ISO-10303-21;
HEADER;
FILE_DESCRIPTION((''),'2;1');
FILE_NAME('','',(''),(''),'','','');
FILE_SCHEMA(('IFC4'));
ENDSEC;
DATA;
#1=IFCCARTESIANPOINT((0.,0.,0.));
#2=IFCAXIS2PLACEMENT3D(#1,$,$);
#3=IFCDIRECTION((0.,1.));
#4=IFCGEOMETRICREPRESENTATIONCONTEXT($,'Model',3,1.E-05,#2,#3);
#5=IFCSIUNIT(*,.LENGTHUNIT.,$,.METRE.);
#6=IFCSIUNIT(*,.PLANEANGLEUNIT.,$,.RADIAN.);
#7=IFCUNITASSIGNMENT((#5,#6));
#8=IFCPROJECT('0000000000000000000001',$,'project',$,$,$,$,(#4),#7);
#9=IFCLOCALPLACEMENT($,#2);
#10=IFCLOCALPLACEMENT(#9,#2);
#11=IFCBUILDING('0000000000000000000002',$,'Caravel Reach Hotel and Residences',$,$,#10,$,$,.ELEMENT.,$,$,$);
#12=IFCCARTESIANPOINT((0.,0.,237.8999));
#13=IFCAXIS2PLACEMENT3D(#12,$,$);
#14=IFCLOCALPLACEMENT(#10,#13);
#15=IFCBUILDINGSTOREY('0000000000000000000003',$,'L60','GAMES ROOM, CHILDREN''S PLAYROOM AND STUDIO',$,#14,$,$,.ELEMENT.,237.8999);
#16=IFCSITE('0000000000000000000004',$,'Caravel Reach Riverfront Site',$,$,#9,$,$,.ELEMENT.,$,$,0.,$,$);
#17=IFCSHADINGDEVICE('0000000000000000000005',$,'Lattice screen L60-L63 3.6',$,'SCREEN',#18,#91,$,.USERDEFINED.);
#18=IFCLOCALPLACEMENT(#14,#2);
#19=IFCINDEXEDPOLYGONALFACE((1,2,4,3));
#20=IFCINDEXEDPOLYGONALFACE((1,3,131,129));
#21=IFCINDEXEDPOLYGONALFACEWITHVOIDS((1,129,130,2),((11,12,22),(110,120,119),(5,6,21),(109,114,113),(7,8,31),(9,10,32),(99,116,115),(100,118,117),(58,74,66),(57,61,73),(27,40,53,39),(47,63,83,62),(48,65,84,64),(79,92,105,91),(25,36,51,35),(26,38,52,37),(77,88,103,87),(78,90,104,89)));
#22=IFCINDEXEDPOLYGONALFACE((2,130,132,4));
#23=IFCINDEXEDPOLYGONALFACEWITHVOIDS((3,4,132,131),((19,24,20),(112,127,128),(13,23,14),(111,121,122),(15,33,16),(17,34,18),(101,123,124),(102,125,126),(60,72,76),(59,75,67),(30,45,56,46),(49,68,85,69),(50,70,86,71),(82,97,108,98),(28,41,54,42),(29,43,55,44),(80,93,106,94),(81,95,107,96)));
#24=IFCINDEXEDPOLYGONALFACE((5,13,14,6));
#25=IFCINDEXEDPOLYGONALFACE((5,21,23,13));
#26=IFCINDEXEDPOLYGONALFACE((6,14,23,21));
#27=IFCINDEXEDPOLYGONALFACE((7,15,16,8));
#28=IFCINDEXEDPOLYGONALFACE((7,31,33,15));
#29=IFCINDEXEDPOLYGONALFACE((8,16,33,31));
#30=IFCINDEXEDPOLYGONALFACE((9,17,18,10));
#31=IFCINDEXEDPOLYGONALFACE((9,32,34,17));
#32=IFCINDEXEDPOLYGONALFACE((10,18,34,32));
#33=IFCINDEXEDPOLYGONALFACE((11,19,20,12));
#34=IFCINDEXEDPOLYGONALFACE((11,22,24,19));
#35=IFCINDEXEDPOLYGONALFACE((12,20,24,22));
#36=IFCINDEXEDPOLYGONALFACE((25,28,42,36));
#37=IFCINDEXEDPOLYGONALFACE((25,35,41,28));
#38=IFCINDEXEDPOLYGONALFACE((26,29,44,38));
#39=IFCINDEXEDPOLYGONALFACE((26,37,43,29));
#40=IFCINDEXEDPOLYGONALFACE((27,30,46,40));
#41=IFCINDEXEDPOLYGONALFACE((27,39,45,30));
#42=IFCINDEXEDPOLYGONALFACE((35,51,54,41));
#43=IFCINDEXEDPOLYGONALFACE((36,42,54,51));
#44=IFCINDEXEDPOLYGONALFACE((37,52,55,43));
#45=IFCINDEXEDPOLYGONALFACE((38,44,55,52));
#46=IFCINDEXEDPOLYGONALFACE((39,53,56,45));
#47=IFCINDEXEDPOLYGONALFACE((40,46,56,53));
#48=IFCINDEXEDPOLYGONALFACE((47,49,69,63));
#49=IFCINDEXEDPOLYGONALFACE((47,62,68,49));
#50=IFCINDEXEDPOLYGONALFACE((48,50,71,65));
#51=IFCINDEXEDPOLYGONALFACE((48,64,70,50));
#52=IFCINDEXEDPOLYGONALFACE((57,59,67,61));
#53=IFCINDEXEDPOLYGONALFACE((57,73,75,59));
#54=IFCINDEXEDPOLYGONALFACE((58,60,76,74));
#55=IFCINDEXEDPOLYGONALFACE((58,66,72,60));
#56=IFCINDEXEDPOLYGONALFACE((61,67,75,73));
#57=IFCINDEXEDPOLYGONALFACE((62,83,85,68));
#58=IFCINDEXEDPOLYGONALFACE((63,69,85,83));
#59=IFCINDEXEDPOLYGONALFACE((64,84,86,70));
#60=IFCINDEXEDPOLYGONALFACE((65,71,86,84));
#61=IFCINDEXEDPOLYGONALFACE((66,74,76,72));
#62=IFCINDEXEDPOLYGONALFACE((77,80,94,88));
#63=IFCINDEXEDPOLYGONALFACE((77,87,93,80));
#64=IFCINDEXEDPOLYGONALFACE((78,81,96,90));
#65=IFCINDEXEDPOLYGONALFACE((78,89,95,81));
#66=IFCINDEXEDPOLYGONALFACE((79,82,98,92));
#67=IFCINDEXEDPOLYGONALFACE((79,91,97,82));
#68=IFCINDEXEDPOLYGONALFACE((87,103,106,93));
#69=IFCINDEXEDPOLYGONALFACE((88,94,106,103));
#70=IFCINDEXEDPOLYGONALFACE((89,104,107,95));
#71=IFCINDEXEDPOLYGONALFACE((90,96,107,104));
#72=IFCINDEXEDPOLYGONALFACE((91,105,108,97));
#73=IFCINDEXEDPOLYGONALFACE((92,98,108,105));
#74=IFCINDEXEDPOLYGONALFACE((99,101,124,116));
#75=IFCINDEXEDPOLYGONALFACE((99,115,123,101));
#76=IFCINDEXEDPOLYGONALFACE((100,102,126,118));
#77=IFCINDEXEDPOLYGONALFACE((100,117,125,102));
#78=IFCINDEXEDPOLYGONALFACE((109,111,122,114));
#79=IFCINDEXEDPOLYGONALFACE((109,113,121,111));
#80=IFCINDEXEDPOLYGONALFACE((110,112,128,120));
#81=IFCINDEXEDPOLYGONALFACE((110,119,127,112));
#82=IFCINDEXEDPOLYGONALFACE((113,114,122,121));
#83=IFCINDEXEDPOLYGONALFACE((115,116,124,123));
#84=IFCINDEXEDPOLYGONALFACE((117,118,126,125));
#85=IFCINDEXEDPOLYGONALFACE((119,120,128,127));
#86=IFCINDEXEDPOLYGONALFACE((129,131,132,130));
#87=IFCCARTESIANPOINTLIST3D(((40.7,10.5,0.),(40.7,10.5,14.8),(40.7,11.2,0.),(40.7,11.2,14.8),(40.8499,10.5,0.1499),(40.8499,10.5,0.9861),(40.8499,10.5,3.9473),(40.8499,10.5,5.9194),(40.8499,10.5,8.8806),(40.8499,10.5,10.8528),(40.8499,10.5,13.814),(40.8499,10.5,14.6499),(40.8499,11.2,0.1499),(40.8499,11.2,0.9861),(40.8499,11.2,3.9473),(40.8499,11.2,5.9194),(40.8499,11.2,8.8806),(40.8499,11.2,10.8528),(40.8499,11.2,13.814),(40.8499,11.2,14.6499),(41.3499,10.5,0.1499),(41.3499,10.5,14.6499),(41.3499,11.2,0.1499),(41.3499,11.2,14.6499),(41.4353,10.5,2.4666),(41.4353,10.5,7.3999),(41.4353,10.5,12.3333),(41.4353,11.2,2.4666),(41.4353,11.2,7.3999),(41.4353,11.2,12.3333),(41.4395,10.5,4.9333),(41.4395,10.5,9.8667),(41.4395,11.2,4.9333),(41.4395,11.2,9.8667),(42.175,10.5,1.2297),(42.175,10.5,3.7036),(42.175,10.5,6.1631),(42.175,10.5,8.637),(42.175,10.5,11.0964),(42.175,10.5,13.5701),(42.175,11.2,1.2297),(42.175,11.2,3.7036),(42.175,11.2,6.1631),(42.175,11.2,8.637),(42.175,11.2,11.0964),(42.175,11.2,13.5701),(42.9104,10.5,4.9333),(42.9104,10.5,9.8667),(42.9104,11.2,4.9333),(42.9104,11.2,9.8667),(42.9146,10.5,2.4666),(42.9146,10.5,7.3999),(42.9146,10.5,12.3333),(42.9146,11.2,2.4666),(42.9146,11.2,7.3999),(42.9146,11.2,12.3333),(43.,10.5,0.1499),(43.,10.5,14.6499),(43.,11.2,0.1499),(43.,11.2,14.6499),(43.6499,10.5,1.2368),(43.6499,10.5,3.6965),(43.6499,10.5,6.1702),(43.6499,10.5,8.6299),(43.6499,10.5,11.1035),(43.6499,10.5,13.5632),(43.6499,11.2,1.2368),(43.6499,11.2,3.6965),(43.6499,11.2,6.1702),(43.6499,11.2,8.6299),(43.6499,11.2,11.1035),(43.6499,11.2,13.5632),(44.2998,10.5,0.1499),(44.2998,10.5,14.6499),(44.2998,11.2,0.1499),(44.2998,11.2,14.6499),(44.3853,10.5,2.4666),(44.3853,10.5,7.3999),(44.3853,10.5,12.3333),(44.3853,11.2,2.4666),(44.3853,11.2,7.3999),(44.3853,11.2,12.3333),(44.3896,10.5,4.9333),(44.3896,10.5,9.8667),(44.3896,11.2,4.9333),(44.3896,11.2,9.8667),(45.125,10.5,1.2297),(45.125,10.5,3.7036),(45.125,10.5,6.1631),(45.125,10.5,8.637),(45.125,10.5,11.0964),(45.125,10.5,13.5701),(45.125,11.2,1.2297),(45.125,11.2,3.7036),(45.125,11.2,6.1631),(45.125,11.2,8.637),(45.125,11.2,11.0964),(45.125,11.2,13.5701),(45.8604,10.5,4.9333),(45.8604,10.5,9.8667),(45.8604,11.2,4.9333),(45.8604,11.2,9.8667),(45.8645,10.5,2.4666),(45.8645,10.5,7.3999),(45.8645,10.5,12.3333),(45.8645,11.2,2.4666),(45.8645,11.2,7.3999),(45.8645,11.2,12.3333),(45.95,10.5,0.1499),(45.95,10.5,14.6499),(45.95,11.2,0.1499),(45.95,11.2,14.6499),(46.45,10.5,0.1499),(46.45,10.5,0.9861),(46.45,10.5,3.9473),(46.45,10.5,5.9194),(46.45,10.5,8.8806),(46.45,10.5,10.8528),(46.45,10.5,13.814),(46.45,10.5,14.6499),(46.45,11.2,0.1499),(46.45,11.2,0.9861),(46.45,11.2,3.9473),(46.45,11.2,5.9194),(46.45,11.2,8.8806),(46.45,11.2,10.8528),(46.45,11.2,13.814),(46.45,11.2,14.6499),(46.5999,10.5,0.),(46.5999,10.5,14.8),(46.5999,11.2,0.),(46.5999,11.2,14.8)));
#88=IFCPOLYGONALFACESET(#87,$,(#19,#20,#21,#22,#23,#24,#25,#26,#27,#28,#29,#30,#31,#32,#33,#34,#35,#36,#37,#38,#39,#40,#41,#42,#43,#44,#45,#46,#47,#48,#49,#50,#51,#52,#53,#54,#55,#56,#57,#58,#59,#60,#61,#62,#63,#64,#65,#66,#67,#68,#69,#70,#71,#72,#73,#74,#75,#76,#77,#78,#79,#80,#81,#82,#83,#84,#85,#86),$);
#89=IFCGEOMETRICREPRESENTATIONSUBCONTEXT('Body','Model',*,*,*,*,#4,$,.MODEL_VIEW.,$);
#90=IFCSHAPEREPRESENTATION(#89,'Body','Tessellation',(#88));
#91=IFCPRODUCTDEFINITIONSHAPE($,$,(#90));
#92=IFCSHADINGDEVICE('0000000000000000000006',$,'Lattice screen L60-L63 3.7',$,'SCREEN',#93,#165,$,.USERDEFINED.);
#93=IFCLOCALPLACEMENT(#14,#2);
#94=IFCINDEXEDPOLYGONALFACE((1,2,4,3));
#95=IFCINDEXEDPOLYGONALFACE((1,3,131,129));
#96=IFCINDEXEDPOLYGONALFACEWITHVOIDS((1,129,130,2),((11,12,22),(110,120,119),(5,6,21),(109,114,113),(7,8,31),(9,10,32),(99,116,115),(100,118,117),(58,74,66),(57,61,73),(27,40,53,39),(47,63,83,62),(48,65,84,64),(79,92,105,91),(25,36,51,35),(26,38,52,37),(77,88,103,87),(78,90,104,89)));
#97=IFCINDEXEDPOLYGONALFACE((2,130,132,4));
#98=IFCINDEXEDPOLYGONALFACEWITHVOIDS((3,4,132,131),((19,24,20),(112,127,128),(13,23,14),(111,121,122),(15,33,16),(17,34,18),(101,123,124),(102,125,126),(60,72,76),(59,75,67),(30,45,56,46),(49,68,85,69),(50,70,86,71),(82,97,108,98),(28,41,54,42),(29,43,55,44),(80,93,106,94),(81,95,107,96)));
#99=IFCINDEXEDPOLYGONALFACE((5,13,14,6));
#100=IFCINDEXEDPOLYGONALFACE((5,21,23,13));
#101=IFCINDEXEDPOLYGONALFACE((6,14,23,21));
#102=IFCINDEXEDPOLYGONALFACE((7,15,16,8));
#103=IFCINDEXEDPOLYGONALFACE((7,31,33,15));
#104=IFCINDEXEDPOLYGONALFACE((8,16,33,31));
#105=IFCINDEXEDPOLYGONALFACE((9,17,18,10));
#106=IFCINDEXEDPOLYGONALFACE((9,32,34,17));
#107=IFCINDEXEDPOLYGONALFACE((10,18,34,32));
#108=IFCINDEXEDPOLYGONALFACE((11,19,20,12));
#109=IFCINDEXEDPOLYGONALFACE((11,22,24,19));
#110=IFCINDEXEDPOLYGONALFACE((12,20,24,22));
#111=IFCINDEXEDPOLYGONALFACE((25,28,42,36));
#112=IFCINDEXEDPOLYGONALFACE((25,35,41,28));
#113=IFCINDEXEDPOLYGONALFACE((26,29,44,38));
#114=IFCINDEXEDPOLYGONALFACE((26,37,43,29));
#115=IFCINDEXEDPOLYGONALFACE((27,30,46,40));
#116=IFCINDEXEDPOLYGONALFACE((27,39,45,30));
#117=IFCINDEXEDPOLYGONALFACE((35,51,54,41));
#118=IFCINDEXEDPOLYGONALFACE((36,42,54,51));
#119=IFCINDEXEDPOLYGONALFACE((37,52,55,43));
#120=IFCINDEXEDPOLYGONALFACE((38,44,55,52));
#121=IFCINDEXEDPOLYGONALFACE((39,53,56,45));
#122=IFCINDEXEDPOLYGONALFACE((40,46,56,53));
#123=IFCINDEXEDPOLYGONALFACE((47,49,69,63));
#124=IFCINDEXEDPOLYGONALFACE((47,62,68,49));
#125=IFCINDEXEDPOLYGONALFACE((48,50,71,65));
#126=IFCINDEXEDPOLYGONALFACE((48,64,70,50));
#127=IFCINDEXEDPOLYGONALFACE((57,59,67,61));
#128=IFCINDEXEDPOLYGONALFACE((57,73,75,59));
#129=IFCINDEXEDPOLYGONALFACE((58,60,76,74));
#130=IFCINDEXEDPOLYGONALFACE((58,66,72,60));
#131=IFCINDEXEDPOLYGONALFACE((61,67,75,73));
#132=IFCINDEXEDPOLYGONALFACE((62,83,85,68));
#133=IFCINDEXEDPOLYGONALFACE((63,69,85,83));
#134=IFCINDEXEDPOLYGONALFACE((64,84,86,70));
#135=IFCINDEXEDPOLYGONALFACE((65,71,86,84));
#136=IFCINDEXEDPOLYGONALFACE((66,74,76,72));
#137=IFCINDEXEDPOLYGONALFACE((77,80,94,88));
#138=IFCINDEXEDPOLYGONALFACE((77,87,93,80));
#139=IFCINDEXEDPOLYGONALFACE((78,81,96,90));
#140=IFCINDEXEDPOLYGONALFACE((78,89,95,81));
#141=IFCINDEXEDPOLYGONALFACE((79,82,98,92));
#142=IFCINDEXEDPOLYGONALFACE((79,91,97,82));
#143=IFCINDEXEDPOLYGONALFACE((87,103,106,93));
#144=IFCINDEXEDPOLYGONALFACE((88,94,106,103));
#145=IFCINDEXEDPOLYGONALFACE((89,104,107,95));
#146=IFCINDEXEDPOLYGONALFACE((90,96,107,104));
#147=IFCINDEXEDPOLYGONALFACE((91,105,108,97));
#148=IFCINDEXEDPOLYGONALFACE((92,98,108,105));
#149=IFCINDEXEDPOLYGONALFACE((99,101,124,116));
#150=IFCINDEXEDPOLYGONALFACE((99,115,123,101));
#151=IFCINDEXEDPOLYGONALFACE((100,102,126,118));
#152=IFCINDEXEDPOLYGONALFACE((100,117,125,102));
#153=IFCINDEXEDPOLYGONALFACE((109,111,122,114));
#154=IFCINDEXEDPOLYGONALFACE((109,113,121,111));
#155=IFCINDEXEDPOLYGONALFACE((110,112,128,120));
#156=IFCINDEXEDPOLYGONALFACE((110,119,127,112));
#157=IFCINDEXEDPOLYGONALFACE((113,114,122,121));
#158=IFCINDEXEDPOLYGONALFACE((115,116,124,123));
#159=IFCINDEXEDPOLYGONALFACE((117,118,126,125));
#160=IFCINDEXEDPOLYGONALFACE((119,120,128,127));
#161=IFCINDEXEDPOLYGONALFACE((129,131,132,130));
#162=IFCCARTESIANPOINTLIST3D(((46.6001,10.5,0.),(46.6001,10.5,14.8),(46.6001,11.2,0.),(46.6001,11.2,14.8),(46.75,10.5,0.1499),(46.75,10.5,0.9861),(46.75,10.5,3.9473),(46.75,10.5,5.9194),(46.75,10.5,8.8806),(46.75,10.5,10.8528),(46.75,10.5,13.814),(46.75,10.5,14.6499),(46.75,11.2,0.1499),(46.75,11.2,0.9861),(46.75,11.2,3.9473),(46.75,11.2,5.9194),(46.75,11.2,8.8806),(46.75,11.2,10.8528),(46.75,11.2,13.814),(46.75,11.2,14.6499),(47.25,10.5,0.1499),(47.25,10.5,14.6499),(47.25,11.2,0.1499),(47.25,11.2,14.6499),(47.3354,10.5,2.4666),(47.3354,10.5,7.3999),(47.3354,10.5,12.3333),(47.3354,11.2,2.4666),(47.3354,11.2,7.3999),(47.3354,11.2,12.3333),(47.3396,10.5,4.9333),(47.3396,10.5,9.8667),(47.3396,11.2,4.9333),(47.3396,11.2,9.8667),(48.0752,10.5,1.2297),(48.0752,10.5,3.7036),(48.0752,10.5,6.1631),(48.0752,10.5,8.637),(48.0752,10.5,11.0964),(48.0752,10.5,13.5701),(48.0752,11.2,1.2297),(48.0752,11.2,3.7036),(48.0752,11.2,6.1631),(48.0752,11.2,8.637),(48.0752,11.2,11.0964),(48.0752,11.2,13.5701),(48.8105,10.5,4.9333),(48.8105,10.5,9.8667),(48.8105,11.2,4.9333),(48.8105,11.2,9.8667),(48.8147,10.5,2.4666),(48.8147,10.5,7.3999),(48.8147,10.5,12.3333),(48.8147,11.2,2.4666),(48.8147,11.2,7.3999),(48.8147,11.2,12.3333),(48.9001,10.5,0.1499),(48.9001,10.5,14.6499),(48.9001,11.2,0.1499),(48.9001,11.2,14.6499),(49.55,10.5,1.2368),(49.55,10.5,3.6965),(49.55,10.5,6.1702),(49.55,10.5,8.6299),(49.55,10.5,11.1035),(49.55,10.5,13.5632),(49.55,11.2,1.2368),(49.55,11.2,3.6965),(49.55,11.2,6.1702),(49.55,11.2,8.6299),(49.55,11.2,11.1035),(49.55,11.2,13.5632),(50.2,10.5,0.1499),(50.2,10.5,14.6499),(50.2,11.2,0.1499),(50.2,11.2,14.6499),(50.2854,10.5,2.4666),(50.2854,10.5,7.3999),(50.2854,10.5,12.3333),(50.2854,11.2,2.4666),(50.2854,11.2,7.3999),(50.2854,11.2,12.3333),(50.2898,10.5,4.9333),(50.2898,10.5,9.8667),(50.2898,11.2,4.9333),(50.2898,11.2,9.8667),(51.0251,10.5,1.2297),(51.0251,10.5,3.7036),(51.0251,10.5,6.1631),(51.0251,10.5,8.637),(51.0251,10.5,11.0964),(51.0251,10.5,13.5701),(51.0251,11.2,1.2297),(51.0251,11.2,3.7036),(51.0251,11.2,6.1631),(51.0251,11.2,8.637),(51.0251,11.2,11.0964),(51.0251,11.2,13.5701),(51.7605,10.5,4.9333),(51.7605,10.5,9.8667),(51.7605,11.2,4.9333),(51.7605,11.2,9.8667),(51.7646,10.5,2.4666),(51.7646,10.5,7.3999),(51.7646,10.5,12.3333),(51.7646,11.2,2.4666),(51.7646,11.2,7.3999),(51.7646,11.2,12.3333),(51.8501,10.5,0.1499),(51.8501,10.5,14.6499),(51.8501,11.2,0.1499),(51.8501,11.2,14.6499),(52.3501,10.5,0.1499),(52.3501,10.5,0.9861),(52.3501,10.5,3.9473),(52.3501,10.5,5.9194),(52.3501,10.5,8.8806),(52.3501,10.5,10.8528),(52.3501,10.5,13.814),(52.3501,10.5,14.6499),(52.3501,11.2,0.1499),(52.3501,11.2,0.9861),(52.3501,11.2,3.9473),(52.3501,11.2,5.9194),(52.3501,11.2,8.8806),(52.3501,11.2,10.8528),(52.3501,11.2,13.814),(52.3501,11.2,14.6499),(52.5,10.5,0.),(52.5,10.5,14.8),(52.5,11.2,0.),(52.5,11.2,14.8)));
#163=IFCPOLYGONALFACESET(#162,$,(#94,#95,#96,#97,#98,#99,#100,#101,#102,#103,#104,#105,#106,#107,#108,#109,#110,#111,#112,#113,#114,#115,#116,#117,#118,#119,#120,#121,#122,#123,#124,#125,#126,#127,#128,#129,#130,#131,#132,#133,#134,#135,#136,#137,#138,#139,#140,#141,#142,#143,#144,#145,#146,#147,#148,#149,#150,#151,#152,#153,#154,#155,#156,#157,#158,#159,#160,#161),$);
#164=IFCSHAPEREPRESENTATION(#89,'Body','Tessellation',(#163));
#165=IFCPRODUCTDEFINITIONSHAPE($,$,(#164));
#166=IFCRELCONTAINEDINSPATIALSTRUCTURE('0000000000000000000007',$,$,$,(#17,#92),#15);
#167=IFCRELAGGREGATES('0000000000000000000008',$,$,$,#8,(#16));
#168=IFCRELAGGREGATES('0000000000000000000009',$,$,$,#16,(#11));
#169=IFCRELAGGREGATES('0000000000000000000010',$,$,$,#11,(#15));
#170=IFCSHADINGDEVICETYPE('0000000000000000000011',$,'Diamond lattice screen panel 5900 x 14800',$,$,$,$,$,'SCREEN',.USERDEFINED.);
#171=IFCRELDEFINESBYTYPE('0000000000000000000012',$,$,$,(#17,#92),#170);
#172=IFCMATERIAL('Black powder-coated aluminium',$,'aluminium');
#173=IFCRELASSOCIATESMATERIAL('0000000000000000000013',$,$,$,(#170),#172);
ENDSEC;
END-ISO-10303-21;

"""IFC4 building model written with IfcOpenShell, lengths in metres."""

from ifc_helpers import new_model, si_unit, direction, frame, origin, place, context, subcontext, project, spatial, polyline, outline, extrude, material, type_object, element, save


model = new_model("IFC4")

# Units and contexts
model_context = context("Model", 3, precision=1e-05, world=origin(), true_north=direction((0.0, 1.0)))
body_context = subcontext(model_context, "Body", "Model", "MODEL_VIEW")
ifc_project = project(units=[si_unit("LENGTHUNIT", "METRE"), si_unit("PLANEANGLEUNIT", "RADIAN")], contexts=[model_context])

# Site, building, storey
site_placement = place(None, origin())
site = spatial("IfcSite", under=ifc_project, at=site_placement, Name="Caravel Reach Riverfront Site", CompositionType="ELEMENT", RefElevation=0.0)
building_placement = place(site_placement, origin())
building = spatial("IfcBuilding", under=site, at=building_placement, Name="Caravel Reach Hotel and Residences", CompositionType="ELEMENT")
storey_placement = place(building_placement, frame((0.0, 0.0, 237.8999)))
storey = spatial("IfcBuildingStorey", under=building, at=storey_placement, Name="L60", Description="GAMES ROOM, CHILDREN'S PLAYROOM AND STUDIO", CompositionType="ELEMENT", Elevation=237.8999)

# Shading devices
ifc_material_1 = material(Name="Black powder-coated aluminium", Category="aluminium")
shading_device_type_1 = type_object("IfcShadingDeviceType", Name="Diamond lattice screen panel 5900 x 14800", ElementType="SCREEN", PredefinedType="USERDEFINED", material=ifc_material_1)
shading_device_1_placement = place(storey_placement, frame((40.7, 11.2, 0.0), z_axis=(0.0, -1.0, 0.0), x_axis=(1.0, 0.0, 0.0)))
element("IfcShadingDevice", 1, at=shading_device_1_placement, inside=storey, type_object=shading_device_type_1, Name="Lattice screen L60-L63 3.6", ObjectType="SCREEN", PredefinedType="USERDEFINED", context=body_context, shape_type="SweptSolid", body=[
    extrude(outline(polyline([(0.0, 0.0), (5.8999, 0.0), (5.8999, 14.8), (0.0, 14.8), (0.0, 0.0)]), holes=[polyline([(0.6499, 0.1499), (0.1499, 0.9861), (0.1499, 0.1499), (0.6499, 0.1499)]), polyline([(0.7395, 4.9333), (0.1499, 5.9194), (0.1499, 3.9473), (0.7395, 4.9333)]), polyline([(0.7395, 9.8667), (0.1499, 10.8528), (0.1499, 8.8806), (0.7395, 9.8667)]), polyline([(0.1499, 13.814), (0.6499, 14.6499), (0.1499, 14.6499), (0.1499, 13.814)]), polyline([(1.4751, 3.7036), (0.7354, 2.4666), (1.4751, 1.2297), (2.2146, 2.4666), (1.4751, 3.7036)]), polyline([(1.4751, 8.637), (0.7354, 7.3999), (1.4751, 6.1631), (2.2146, 7.3999), (1.4751, 8.637)]), polyline([(1.4751, 13.5701), (0.7354, 12.3333), (1.4751, 11.0964), (2.2146, 12.3333), (1.4751, 13.5701)]), polyline([(2.95, 1.2368), (2.3, 0.1499), (3.5999, 0.1499), (2.95, 1.2368)]), polyline([(2.95, 6.1702), (2.2104, 4.9333), (2.95, 3.6965), (3.6897, 4.9333), (2.95, 6.1702)]), polyline([(2.95, 11.1035), (2.2104, 9.8667), (2.95, 8.6299), (3.6897, 9.8667), (2.95, 11.1035)]), polyline([(2.95, 13.5632), (3.5999, 14.6499), (2.3, 14.6499), (2.95, 13.5632)]), polyline([(4.425, 3.7036), (3.6853, 2.4666), (4.425, 1.2297), (5.1646, 2.4666), (4.425, 3.7036)]), polyline([(4.425, 8.637), (3.6853, 7.3999), (4.425, 6.1631), (5.1646, 7.3999), (4.425, 8.637)]), polyline([(4.425, 13.5701), (3.6853, 12.3333), (4.425, 11.0964), (5.1646, 12.3333), (4.425, 13.5701)]), polyline([(5.75, 0.9861), (5.25, 0.1499), (5.75, 0.1499), (5.75, 0.9861)]), polyline([(5.1604, 4.9333), (5.75, 3.9473), (5.75, 5.9194), (5.1604, 4.9333)]), polyline([(5.1604, 9.8667), (5.75, 8.8806), (5.75, 10.8528), (5.1604, 9.8667)]), polyline([(5.25, 14.6499), (5.75, 13.814), (5.75, 14.6499), (5.25, 14.6499)])]), origin(), (0.0, 0.0, 1.0), 0.7),
])
shading_device_2_placement = place(storey_placement, frame((46.6001, 11.2, 0.0), z_axis=(0.0, -1.0, 0.0), x_axis=(1.0, 0.0, 0.0)))
element("IfcShadingDevice", 2, at=shading_device_2_placement, inside=storey, type_object=shading_device_type_1, Name="Lattice screen L60-L63 3.7", ObjectType="SCREEN", PredefinedType="USERDEFINED", context=body_context, shape_type="SweptSolid", body=[
    extrude(outline(polyline([(0.0, 0.0), (5.8999, 0.0), (5.8999, 14.8), (0.0, 14.8), (0.0, 0.0)]), holes=[polyline([(0.6499, 0.1499), (0.1499, 0.9861), (0.1499, 0.1499), (0.6499, 0.1499)]), polyline([(0.7395, 4.9333), (0.1499, 5.9194), (0.1499, 3.9473), (0.7395, 4.9333)]), polyline([(0.7395, 9.8667), (0.1499, 10.8528), (0.1499, 8.8806), (0.7395, 9.8667)]), polyline([(0.1499, 13.814), (0.6499, 14.6499), (0.1499, 14.6499), (0.1499, 13.814)]), polyline([(1.4751, 3.7036), (0.7354, 2.4666), (1.4751, 1.2297), (2.2146, 2.4666), (1.4751, 3.7036)]), polyline([(1.4751, 8.637), (0.7354, 7.3999), (1.4751, 6.1631), (2.2146, 7.3999), (1.4751, 8.637)]), polyline([(1.4751, 13.5701), (0.7354, 12.3333), (1.4751, 11.0964), (2.2146, 12.3333), (1.4751, 13.5701)]), polyline([(2.95, 1.2368), (2.3, 0.1499), (3.5999, 0.1499), (2.95, 1.2368)]), polyline([(2.95, 6.1702), (2.2104, 4.9333), (2.95, 3.6965), (3.6897, 4.9333), (2.95, 6.1702)]), polyline([(2.95, 11.1035), (2.2104, 9.8667), (2.95, 8.6299), (3.6897, 9.8667), (2.95, 11.1035)]), polyline([(2.95, 13.5632), (3.5999, 14.6499), (2.3, 14.6499), (2.95, 13.5632)]), polyline([(4.425, 3.7036), (3.6853, 2.4666), (4.425, 1.2297), (5.1646, 2.4666), (4.425, 3.7036)]), polyline([(4.425, 8.637), (3.6853, 7.3999), (4.425, 6.1631), (5.1646, 7.3999), (4.425, 8.637)]), polyline([(4.425, 13.5701), (3.6853, 12.3333), (4.425, 11.0964), (5.1646, 12.3333), (4.425, 13.5701)]), polyline([(5.75, 0.9861), (5.25, 0.1499), (5.75, 0.1499), (5.75, 0.9861)]), polyline([(5.1604, 4.9333), (5.75, 3.9473), (5.75, 5.9194), (5.1604, 4.9333)]), polyline([(5.1604, 9.8667), (5.75, 8.8806), (5.75, 10.8528), (5.1604, 9.8667)]), polyline([(5.25, 14.6499), (5.75, 13.814), (5.75, 14.6499), (5.25, 14.6499)])]), origin(), (0.0, 0.0, 1.0), 0.7),
])

save(model, "model.ifc")
